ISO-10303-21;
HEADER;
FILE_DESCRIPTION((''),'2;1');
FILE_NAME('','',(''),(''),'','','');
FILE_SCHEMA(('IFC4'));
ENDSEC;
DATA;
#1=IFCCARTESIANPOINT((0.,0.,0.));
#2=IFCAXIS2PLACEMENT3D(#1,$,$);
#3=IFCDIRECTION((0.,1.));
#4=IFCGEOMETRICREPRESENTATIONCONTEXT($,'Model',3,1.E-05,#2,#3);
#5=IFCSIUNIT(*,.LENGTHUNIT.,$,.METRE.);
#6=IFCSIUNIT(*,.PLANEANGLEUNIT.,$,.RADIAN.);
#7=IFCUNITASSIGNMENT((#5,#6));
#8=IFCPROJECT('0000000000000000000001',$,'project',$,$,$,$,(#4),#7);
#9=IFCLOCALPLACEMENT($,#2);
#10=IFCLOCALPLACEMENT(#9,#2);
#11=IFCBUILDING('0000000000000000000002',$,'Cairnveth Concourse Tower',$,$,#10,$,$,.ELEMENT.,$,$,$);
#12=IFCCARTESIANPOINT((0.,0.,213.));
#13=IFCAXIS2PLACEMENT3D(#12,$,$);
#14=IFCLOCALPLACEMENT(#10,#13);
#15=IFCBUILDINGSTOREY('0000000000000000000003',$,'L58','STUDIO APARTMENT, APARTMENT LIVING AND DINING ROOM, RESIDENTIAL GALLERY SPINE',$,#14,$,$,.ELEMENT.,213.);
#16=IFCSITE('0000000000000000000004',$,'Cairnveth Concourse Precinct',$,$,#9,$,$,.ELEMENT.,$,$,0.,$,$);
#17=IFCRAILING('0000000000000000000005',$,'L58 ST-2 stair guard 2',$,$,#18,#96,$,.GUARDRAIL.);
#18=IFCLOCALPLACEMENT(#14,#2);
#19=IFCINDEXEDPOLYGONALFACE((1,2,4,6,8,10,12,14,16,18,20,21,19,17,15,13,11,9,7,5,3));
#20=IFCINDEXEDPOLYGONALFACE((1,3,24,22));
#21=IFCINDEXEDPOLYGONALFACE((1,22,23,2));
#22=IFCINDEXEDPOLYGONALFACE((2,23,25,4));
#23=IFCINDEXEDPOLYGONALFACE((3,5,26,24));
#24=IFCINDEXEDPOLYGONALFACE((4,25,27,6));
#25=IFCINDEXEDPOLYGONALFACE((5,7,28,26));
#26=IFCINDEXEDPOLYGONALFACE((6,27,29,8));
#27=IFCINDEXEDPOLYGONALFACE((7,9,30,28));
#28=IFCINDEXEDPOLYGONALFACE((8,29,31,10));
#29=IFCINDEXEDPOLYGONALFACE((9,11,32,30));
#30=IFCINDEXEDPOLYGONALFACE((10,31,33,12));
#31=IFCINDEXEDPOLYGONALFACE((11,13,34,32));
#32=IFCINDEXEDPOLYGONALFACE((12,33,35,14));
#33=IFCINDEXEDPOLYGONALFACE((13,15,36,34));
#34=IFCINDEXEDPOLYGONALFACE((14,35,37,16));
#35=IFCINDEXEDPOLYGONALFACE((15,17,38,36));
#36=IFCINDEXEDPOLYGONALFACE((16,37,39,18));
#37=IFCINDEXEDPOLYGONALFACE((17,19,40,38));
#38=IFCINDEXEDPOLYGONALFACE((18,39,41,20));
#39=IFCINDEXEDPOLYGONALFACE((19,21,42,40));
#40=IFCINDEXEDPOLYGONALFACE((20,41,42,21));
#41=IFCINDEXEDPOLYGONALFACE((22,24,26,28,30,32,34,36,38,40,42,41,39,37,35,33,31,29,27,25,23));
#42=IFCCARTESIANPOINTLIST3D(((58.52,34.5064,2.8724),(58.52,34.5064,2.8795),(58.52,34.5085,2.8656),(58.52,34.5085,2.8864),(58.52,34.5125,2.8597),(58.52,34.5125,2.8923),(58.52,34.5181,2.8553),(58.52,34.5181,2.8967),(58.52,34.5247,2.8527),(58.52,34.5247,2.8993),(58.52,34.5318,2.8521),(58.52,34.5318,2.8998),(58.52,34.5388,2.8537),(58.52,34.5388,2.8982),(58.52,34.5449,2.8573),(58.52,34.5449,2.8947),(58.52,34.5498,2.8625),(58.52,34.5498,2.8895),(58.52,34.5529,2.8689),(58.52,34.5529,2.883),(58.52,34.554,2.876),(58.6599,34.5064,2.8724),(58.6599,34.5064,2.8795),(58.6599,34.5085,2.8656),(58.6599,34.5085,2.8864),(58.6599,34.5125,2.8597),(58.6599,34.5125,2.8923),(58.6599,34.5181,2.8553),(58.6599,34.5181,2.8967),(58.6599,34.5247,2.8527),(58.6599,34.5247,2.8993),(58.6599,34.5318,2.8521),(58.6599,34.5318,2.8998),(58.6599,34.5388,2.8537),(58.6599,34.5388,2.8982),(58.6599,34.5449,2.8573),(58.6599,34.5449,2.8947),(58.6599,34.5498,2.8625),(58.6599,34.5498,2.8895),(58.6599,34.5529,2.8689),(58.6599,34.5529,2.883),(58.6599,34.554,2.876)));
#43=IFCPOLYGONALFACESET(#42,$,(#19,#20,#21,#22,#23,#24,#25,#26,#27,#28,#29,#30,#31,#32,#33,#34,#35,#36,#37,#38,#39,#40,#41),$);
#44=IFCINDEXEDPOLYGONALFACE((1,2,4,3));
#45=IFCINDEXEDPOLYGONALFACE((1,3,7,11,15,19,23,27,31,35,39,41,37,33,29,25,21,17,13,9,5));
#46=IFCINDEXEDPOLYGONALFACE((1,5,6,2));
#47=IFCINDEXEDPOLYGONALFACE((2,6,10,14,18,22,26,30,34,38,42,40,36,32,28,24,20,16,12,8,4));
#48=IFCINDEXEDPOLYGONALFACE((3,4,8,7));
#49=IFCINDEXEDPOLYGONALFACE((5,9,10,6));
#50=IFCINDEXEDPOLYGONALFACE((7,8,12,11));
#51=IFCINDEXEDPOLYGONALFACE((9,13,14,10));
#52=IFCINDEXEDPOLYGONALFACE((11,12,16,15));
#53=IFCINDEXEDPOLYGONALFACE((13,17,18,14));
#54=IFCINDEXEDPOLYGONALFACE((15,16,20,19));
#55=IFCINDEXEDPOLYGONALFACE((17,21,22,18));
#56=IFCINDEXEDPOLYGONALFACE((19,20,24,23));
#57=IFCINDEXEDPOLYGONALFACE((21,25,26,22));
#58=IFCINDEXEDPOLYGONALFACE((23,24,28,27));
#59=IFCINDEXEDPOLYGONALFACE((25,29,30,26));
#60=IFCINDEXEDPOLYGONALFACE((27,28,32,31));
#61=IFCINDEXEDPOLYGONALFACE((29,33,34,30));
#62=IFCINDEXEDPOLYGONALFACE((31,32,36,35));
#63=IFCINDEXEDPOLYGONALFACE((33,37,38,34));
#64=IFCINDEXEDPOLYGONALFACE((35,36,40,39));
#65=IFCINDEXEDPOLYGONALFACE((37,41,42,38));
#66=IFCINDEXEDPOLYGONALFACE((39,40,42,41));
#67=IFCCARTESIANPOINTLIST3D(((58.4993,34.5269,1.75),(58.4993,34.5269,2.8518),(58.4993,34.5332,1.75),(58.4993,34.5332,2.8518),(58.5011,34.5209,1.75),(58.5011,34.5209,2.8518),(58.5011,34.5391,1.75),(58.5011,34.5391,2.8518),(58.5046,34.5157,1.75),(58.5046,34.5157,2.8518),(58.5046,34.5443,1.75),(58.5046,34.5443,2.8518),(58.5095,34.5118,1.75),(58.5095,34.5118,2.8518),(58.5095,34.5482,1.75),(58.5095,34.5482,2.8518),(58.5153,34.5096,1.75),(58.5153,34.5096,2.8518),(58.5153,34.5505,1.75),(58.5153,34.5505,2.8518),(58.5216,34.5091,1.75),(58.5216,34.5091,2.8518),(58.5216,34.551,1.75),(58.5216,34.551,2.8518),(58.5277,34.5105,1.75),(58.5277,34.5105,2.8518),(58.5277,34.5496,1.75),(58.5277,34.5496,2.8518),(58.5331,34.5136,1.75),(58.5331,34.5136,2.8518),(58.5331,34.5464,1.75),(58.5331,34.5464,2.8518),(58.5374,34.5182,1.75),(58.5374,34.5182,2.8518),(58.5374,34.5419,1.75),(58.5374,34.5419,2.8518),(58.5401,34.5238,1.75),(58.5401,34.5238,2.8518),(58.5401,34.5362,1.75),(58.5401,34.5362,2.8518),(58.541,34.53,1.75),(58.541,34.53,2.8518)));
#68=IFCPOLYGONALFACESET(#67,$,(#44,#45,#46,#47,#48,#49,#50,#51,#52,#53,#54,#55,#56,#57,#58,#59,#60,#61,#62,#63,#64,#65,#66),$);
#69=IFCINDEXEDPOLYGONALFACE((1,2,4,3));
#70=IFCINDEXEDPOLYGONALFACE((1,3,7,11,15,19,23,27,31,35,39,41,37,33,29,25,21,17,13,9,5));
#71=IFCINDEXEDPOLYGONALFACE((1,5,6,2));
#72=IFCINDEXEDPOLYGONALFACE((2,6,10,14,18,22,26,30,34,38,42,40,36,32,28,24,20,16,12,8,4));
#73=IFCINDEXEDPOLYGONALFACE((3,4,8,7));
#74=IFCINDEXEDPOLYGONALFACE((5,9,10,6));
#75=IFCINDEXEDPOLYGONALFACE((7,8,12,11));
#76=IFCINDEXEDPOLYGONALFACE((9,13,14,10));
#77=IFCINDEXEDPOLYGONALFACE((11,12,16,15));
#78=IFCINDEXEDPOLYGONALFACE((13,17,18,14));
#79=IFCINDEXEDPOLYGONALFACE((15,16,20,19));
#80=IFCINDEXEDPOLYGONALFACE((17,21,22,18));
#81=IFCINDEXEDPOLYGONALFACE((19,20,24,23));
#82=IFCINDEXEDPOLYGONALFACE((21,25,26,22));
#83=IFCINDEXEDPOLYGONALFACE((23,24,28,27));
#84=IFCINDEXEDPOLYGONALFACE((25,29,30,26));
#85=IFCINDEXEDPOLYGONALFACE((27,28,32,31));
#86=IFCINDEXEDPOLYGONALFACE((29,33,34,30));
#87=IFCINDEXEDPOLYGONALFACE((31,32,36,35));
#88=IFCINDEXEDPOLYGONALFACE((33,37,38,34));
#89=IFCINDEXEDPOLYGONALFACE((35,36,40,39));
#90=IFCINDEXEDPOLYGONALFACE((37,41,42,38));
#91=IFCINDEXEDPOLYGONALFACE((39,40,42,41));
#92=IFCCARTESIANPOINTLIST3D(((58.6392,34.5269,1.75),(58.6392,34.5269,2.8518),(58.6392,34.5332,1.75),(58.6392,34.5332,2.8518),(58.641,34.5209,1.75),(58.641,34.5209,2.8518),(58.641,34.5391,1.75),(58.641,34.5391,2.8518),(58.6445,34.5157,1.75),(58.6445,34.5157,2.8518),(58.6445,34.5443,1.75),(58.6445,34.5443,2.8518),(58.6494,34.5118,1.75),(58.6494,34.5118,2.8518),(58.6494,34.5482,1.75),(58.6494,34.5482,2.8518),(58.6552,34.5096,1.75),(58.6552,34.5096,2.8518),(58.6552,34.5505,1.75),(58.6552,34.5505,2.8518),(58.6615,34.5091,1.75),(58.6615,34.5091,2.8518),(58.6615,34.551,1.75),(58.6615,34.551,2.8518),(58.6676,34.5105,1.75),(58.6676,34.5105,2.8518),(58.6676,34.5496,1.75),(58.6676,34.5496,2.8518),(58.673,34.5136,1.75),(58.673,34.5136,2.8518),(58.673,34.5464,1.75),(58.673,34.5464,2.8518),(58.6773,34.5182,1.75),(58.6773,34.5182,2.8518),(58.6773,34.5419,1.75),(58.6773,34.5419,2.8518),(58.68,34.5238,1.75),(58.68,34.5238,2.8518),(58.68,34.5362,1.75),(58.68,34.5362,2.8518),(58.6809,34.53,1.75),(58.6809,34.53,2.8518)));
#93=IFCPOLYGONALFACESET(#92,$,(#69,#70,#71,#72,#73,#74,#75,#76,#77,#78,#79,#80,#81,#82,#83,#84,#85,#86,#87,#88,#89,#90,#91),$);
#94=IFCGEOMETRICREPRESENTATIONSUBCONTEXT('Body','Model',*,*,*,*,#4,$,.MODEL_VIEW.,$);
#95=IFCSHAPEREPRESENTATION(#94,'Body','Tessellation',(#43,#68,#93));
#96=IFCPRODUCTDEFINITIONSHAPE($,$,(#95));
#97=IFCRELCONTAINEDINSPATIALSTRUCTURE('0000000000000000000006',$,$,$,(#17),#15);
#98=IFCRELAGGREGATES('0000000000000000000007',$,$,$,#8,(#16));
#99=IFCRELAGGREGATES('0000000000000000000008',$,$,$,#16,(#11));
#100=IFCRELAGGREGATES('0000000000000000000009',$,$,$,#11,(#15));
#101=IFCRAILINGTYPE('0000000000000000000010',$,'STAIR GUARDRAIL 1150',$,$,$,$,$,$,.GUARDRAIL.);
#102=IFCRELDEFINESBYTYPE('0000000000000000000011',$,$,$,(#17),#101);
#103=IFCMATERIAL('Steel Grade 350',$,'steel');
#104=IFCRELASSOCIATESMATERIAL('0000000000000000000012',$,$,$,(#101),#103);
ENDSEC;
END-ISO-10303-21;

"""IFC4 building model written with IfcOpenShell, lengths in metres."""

from ifc_helpers import new_model, si_unit, direction, frame, origin, origin_2d, place, context, subcontext, project, spatial, circle, extrude, material, type_object, element, save


model = new_model("IFC4")

# Units and contexts
model_context = context("Model", 3, precision=1e-05, world=origin(), true_north=direction((0.0, 1.0)))
body_context = subcontext(model_context, "Body", "Model", "MODEL_VIEW")
ifc_project = project(units=[si_unit("LENGTHUNIT", "METRE"), si_unit("PLANEANGLEUNIT", "RADIAN")], contexts=[model_context])

# Site, building, storey
site_placement = place(None, origin())
site = spatial("IfcSite", under=ifc_project, at=site_placement, Name="Cairnveth Concourse Precinct", CompositionType="ELEMENT", RefElevation=0.0)
building_placement = place(site_placement, origin())
building = spatial("IfcBuilding", under=site, at=building_placement, Name="Cairnveth Concourse Tower", CompositionType="ELEMENT")
storey_placement = place(building_placement, frame((0.0, 0.0, 213.0)))
storey = spatial("IfcBuildingStorey", under=building, at=storey_placement, Name="L58", Description="STUDIO APARTMENT, APARTMENT LIVING AND DINING ROOM, RESIDENTIAL GALLERY SPINE", CompositionType="ELEMENT", Elevation=213.0)

# Shared definitions
ifc_material_1 = material(Name="Steel Grade 350", Category="steel")

# Railing
railing_type_1 = type_object("IfcRailingType", Name="STAIR GUARDRAIL 1150", PredefinedType="GUARDRAIL", material=ifc_material_1)
railing_1_placement = place(storey_placement, frame((58.52, 34.53, 1.75)))
element("IfcRailing", 1, at=railing_1_placement, inside=storey, type_object=railing_type_1, Name="L58 ST-2 stair guard 2", PredefinedType="GUARDRAIL", context=body_context, shape_type="SweptSolid", body=[
    extrude(circle(Radius=0.0239, at=origin_2d()), frame((0.0, 0.0, 1.126), z_axis=(1.0, 0.0, 0.0), x_axis=(0.0, 1.0, 0.0)), (0.0, 0.0, 1.0), 0.1399),
    extrude(circle(Radius=0.021, at=origin_2d()), origin(), (0.0, 0.0, 1.0), 1.1018),
    extrude(circle(Radius=0.021, at=origin_2d()), frame((0.1399, 0.0, 0.0)), (0.0, 0.0, 1.0), 1.1018),
])

save(model, "model.ifc")
